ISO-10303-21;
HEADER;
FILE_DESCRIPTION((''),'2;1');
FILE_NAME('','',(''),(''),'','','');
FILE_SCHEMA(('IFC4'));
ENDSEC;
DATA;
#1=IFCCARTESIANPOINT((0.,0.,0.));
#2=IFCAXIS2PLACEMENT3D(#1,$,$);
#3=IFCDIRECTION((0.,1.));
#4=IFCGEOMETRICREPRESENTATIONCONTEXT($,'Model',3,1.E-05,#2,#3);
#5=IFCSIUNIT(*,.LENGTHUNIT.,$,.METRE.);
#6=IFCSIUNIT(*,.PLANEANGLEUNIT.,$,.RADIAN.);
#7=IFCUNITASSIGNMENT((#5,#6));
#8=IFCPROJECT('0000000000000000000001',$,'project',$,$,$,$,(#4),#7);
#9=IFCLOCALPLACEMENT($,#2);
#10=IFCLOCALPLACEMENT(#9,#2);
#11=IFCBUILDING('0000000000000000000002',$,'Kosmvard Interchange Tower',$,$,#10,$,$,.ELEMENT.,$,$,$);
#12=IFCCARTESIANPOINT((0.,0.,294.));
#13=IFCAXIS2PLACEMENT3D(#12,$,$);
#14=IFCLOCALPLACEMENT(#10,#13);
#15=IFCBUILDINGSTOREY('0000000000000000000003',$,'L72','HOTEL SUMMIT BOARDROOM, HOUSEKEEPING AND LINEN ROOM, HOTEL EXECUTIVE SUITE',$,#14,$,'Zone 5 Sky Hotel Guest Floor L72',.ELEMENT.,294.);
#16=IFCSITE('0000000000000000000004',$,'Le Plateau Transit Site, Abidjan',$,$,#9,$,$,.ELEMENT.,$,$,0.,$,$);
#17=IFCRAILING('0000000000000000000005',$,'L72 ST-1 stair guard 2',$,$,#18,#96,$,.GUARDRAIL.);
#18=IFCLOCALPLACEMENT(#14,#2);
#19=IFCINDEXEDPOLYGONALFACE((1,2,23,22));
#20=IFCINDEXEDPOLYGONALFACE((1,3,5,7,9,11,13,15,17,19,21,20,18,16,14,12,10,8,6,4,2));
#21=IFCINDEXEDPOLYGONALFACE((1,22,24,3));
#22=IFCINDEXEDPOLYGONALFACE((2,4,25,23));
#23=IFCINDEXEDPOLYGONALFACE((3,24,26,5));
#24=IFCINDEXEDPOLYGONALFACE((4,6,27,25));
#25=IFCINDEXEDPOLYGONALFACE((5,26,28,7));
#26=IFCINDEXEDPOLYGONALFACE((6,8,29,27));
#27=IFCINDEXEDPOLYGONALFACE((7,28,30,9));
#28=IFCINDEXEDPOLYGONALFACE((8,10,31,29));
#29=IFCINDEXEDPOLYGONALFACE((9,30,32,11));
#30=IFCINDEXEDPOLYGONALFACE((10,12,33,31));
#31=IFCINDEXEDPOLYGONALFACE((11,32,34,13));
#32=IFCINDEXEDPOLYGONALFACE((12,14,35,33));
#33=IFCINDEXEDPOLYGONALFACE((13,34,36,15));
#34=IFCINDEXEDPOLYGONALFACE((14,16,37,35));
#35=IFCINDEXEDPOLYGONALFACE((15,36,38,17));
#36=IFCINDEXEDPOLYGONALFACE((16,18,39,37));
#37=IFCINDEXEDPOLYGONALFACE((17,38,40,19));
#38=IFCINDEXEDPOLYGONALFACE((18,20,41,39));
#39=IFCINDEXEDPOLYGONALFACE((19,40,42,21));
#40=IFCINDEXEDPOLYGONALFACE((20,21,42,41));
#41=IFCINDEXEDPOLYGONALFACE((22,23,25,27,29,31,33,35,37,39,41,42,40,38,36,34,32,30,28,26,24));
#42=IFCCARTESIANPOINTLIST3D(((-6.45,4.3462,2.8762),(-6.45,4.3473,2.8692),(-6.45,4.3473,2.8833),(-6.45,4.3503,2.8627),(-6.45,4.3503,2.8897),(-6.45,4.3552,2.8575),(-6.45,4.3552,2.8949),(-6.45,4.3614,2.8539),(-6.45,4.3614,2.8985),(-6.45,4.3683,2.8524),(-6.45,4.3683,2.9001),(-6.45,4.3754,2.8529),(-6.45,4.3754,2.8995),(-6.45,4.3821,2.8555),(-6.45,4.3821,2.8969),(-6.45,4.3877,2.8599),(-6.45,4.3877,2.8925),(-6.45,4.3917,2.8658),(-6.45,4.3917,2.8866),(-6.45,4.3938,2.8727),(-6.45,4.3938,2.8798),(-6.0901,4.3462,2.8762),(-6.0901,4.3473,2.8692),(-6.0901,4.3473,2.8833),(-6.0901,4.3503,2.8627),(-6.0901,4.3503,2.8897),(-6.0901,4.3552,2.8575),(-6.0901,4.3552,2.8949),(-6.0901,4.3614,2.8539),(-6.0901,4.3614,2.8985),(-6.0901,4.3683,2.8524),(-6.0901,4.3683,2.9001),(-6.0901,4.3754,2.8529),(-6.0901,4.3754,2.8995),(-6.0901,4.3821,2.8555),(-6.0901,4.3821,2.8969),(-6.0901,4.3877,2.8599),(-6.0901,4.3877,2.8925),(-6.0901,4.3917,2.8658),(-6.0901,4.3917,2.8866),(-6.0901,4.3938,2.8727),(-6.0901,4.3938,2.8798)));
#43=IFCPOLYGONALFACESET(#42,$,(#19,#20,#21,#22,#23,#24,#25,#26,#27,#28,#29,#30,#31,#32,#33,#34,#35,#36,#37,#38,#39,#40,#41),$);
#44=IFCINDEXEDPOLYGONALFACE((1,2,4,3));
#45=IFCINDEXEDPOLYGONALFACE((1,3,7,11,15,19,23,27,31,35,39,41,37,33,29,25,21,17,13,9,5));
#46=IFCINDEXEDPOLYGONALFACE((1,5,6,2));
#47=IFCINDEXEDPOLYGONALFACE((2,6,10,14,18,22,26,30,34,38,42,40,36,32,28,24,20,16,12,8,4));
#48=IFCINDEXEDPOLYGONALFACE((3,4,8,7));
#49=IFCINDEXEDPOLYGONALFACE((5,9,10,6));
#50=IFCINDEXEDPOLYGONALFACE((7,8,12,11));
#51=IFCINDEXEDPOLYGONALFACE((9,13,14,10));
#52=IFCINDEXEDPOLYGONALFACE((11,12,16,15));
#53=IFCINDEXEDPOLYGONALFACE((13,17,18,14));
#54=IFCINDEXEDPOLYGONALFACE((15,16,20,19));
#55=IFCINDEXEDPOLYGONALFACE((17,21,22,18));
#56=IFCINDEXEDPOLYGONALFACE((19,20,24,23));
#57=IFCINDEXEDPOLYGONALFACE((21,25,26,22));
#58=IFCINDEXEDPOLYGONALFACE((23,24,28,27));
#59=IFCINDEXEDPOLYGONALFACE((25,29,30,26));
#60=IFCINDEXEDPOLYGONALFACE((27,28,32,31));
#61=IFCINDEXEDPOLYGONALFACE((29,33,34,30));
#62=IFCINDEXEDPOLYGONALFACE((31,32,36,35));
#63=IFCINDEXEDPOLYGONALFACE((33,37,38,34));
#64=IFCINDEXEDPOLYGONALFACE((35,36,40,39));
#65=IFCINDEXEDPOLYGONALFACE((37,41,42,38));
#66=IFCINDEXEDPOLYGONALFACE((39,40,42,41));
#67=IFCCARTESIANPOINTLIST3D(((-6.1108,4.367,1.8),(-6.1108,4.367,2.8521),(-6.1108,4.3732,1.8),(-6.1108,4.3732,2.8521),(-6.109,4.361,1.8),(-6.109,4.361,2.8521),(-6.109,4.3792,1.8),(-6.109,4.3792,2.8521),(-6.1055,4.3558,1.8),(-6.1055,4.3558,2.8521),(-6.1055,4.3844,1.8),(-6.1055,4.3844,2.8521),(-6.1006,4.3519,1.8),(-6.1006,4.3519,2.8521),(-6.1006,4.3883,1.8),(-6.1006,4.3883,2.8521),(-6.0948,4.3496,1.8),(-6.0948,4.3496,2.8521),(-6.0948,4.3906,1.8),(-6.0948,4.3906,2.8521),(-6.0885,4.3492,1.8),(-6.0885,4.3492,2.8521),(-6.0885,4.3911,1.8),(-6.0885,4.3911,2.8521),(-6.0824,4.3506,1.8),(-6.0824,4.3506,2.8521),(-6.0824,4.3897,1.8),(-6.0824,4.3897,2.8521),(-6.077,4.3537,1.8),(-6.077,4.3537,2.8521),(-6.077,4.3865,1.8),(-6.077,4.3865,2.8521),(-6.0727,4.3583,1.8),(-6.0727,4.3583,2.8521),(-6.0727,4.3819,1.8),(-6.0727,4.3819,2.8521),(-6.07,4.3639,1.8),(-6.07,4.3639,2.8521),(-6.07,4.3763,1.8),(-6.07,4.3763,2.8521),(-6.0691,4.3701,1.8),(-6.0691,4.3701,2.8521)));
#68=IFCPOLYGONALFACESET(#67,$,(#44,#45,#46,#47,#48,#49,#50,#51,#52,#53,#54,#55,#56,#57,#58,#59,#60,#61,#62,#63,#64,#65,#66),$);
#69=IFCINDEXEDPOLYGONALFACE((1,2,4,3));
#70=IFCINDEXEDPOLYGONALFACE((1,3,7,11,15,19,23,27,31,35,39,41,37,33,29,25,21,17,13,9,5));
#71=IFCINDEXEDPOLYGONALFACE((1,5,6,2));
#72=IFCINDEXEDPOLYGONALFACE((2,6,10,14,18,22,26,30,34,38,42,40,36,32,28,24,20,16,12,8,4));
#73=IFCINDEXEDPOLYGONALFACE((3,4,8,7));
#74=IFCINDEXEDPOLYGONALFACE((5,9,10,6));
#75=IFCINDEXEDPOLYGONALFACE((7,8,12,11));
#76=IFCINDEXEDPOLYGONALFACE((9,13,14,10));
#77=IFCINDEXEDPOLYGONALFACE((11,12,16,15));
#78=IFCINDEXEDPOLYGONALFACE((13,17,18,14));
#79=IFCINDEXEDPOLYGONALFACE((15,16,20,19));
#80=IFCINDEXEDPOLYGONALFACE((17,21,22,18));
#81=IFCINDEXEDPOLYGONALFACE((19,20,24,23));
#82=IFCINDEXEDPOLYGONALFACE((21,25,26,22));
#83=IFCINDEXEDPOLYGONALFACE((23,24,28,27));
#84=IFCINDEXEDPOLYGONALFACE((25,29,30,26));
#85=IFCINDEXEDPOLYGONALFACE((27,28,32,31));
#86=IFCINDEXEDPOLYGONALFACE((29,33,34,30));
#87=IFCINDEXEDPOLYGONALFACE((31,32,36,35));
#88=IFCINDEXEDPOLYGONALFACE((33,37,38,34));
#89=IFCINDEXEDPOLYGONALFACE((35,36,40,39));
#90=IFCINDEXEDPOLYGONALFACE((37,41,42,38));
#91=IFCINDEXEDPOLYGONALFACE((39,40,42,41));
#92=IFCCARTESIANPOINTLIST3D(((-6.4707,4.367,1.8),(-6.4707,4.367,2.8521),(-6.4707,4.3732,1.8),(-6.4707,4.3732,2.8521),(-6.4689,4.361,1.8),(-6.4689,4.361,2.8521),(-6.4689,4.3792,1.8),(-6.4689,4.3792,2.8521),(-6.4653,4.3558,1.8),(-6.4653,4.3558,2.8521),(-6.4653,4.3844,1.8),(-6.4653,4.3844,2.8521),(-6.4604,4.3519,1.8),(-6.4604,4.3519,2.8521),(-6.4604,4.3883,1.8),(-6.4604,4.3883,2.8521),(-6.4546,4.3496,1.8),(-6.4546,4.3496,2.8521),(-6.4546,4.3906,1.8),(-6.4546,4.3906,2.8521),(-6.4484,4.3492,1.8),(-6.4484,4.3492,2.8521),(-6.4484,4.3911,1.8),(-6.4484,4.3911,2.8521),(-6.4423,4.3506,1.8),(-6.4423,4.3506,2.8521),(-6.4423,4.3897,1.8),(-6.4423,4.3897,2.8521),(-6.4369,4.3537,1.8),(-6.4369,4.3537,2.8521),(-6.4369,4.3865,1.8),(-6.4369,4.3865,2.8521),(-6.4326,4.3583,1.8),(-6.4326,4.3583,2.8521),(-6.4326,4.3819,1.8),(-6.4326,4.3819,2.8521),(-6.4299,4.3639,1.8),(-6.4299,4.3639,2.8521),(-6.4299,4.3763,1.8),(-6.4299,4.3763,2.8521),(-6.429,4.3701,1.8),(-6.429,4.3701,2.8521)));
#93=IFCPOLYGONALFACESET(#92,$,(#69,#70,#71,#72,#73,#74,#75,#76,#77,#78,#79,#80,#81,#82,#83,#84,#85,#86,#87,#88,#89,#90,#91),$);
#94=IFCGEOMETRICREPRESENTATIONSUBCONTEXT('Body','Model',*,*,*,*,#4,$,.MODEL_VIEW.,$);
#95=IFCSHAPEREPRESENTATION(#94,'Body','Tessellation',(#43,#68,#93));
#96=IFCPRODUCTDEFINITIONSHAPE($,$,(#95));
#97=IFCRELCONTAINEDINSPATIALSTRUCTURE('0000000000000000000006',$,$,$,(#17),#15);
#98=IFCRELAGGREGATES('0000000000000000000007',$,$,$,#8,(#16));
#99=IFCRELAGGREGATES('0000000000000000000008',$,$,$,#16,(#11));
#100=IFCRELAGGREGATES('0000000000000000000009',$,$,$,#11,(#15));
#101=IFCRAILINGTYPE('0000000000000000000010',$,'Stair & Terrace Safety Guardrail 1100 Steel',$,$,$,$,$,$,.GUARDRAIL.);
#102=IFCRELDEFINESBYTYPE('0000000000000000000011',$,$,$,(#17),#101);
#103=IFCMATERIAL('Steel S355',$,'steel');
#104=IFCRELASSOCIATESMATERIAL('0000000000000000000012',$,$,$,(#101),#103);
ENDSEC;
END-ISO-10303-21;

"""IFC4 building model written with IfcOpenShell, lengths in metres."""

from ifc_helpers import new_model, si_unit, direction, frame, origin, origin_2d, place, context, subcontext, project, spatial, circle, extrude, source, transform, mapped, material, type_object, element, save


model = new_model("IFC4")

# Units and contexts
model_context = context("Model", 3, precision=1e-05, world=origin(), true_north=direction((0.0, 1.0)))
body_context = subcontext(model_context, "Body", "Model", "MODEL_VIEW")
ifc_project = project(units=[si_unit("LENGTHUNIT", "METRE"), si_unit("PLANEANGLEUNIT", "RADIAN")], contexts=[model_context])

# Site, building, storey
site_placement = place(None, origin())
site = spatial("IfcSite", under=ifc_project, at=site_placement, Name="Le Plateau Transit Site, Abidjan", CompositionType="ELEMENT", RefElevation=0.0)
building_placement = place(site_placement, origin())
building = spatial("IfcBuilding", under=site, at=building_placement, Name="Kosmvard Interchange Tower", CompositionType="ELEMENT")
storey_placement = place(building_placement, frame((0.0, 0.0, 294.0)))
storey = spatial("IfcBuildingStorey", under=building, at=storey_placement, Name="L72", Description="HOTEL SUMMIT BOARDROOM, HOUSEKEEPING AND LINEN ROOM, HOTEL EXECUTIVE SUITE", LongName="Zone 5 Sky Hotel Guest Floor L72", CompositionType="ELEMENT", Elevation=294.0)

# Shared definitions
ifc_material_1 = material(Name="Steel S355", Category="steel")

# Railing
railing_type_1 = type_object("IfcRailingType", Name="Stair & Terrace Safety Guardrail 1100 Steel", PredefinedType="GUARDRAIL", material=ifc_material_1)
shared_shape_1 = source(origin(), body_context, "Body", "SweptSolid", [
    extrude(circle(Radius=0.0239, at=origin_2d()), frame((0.0, 0.0, 1.0762), z_axis=(-1.0, 0.0, 0.0), x_axis=(0.0, -1.0, 0.0)), (0.0, 0.0, 1.0), 0.3599),
    extrude(circle(Radius=0.021, at=origin_2d()), origin(), (0.0, 0.0, 1.0), 1.052),
    extrude(circle(Radius=0.021, at=origin_2d()), frame((-0.3599, 0.0, 0.0)), (0.0, 0.0, 1.0), 1.052),
])
railing_1_placement = place(storey_placement, frame((-6.0901, 4.3701, 1.8)))
element("IfcRailing", 1, at=railing_1_placement, inside=storey, type_object=railing_type_1, Name="L72 ST-1 stair guard 2", PredefinedType="GUARDRAIL", context=body_context, shape_type="MappedRepresentation", body=[
    mapped(shared_shape_1, transform((0.0, 0.0, 0.0), scale=1.0)),
])

save(model, "model.ifc")
